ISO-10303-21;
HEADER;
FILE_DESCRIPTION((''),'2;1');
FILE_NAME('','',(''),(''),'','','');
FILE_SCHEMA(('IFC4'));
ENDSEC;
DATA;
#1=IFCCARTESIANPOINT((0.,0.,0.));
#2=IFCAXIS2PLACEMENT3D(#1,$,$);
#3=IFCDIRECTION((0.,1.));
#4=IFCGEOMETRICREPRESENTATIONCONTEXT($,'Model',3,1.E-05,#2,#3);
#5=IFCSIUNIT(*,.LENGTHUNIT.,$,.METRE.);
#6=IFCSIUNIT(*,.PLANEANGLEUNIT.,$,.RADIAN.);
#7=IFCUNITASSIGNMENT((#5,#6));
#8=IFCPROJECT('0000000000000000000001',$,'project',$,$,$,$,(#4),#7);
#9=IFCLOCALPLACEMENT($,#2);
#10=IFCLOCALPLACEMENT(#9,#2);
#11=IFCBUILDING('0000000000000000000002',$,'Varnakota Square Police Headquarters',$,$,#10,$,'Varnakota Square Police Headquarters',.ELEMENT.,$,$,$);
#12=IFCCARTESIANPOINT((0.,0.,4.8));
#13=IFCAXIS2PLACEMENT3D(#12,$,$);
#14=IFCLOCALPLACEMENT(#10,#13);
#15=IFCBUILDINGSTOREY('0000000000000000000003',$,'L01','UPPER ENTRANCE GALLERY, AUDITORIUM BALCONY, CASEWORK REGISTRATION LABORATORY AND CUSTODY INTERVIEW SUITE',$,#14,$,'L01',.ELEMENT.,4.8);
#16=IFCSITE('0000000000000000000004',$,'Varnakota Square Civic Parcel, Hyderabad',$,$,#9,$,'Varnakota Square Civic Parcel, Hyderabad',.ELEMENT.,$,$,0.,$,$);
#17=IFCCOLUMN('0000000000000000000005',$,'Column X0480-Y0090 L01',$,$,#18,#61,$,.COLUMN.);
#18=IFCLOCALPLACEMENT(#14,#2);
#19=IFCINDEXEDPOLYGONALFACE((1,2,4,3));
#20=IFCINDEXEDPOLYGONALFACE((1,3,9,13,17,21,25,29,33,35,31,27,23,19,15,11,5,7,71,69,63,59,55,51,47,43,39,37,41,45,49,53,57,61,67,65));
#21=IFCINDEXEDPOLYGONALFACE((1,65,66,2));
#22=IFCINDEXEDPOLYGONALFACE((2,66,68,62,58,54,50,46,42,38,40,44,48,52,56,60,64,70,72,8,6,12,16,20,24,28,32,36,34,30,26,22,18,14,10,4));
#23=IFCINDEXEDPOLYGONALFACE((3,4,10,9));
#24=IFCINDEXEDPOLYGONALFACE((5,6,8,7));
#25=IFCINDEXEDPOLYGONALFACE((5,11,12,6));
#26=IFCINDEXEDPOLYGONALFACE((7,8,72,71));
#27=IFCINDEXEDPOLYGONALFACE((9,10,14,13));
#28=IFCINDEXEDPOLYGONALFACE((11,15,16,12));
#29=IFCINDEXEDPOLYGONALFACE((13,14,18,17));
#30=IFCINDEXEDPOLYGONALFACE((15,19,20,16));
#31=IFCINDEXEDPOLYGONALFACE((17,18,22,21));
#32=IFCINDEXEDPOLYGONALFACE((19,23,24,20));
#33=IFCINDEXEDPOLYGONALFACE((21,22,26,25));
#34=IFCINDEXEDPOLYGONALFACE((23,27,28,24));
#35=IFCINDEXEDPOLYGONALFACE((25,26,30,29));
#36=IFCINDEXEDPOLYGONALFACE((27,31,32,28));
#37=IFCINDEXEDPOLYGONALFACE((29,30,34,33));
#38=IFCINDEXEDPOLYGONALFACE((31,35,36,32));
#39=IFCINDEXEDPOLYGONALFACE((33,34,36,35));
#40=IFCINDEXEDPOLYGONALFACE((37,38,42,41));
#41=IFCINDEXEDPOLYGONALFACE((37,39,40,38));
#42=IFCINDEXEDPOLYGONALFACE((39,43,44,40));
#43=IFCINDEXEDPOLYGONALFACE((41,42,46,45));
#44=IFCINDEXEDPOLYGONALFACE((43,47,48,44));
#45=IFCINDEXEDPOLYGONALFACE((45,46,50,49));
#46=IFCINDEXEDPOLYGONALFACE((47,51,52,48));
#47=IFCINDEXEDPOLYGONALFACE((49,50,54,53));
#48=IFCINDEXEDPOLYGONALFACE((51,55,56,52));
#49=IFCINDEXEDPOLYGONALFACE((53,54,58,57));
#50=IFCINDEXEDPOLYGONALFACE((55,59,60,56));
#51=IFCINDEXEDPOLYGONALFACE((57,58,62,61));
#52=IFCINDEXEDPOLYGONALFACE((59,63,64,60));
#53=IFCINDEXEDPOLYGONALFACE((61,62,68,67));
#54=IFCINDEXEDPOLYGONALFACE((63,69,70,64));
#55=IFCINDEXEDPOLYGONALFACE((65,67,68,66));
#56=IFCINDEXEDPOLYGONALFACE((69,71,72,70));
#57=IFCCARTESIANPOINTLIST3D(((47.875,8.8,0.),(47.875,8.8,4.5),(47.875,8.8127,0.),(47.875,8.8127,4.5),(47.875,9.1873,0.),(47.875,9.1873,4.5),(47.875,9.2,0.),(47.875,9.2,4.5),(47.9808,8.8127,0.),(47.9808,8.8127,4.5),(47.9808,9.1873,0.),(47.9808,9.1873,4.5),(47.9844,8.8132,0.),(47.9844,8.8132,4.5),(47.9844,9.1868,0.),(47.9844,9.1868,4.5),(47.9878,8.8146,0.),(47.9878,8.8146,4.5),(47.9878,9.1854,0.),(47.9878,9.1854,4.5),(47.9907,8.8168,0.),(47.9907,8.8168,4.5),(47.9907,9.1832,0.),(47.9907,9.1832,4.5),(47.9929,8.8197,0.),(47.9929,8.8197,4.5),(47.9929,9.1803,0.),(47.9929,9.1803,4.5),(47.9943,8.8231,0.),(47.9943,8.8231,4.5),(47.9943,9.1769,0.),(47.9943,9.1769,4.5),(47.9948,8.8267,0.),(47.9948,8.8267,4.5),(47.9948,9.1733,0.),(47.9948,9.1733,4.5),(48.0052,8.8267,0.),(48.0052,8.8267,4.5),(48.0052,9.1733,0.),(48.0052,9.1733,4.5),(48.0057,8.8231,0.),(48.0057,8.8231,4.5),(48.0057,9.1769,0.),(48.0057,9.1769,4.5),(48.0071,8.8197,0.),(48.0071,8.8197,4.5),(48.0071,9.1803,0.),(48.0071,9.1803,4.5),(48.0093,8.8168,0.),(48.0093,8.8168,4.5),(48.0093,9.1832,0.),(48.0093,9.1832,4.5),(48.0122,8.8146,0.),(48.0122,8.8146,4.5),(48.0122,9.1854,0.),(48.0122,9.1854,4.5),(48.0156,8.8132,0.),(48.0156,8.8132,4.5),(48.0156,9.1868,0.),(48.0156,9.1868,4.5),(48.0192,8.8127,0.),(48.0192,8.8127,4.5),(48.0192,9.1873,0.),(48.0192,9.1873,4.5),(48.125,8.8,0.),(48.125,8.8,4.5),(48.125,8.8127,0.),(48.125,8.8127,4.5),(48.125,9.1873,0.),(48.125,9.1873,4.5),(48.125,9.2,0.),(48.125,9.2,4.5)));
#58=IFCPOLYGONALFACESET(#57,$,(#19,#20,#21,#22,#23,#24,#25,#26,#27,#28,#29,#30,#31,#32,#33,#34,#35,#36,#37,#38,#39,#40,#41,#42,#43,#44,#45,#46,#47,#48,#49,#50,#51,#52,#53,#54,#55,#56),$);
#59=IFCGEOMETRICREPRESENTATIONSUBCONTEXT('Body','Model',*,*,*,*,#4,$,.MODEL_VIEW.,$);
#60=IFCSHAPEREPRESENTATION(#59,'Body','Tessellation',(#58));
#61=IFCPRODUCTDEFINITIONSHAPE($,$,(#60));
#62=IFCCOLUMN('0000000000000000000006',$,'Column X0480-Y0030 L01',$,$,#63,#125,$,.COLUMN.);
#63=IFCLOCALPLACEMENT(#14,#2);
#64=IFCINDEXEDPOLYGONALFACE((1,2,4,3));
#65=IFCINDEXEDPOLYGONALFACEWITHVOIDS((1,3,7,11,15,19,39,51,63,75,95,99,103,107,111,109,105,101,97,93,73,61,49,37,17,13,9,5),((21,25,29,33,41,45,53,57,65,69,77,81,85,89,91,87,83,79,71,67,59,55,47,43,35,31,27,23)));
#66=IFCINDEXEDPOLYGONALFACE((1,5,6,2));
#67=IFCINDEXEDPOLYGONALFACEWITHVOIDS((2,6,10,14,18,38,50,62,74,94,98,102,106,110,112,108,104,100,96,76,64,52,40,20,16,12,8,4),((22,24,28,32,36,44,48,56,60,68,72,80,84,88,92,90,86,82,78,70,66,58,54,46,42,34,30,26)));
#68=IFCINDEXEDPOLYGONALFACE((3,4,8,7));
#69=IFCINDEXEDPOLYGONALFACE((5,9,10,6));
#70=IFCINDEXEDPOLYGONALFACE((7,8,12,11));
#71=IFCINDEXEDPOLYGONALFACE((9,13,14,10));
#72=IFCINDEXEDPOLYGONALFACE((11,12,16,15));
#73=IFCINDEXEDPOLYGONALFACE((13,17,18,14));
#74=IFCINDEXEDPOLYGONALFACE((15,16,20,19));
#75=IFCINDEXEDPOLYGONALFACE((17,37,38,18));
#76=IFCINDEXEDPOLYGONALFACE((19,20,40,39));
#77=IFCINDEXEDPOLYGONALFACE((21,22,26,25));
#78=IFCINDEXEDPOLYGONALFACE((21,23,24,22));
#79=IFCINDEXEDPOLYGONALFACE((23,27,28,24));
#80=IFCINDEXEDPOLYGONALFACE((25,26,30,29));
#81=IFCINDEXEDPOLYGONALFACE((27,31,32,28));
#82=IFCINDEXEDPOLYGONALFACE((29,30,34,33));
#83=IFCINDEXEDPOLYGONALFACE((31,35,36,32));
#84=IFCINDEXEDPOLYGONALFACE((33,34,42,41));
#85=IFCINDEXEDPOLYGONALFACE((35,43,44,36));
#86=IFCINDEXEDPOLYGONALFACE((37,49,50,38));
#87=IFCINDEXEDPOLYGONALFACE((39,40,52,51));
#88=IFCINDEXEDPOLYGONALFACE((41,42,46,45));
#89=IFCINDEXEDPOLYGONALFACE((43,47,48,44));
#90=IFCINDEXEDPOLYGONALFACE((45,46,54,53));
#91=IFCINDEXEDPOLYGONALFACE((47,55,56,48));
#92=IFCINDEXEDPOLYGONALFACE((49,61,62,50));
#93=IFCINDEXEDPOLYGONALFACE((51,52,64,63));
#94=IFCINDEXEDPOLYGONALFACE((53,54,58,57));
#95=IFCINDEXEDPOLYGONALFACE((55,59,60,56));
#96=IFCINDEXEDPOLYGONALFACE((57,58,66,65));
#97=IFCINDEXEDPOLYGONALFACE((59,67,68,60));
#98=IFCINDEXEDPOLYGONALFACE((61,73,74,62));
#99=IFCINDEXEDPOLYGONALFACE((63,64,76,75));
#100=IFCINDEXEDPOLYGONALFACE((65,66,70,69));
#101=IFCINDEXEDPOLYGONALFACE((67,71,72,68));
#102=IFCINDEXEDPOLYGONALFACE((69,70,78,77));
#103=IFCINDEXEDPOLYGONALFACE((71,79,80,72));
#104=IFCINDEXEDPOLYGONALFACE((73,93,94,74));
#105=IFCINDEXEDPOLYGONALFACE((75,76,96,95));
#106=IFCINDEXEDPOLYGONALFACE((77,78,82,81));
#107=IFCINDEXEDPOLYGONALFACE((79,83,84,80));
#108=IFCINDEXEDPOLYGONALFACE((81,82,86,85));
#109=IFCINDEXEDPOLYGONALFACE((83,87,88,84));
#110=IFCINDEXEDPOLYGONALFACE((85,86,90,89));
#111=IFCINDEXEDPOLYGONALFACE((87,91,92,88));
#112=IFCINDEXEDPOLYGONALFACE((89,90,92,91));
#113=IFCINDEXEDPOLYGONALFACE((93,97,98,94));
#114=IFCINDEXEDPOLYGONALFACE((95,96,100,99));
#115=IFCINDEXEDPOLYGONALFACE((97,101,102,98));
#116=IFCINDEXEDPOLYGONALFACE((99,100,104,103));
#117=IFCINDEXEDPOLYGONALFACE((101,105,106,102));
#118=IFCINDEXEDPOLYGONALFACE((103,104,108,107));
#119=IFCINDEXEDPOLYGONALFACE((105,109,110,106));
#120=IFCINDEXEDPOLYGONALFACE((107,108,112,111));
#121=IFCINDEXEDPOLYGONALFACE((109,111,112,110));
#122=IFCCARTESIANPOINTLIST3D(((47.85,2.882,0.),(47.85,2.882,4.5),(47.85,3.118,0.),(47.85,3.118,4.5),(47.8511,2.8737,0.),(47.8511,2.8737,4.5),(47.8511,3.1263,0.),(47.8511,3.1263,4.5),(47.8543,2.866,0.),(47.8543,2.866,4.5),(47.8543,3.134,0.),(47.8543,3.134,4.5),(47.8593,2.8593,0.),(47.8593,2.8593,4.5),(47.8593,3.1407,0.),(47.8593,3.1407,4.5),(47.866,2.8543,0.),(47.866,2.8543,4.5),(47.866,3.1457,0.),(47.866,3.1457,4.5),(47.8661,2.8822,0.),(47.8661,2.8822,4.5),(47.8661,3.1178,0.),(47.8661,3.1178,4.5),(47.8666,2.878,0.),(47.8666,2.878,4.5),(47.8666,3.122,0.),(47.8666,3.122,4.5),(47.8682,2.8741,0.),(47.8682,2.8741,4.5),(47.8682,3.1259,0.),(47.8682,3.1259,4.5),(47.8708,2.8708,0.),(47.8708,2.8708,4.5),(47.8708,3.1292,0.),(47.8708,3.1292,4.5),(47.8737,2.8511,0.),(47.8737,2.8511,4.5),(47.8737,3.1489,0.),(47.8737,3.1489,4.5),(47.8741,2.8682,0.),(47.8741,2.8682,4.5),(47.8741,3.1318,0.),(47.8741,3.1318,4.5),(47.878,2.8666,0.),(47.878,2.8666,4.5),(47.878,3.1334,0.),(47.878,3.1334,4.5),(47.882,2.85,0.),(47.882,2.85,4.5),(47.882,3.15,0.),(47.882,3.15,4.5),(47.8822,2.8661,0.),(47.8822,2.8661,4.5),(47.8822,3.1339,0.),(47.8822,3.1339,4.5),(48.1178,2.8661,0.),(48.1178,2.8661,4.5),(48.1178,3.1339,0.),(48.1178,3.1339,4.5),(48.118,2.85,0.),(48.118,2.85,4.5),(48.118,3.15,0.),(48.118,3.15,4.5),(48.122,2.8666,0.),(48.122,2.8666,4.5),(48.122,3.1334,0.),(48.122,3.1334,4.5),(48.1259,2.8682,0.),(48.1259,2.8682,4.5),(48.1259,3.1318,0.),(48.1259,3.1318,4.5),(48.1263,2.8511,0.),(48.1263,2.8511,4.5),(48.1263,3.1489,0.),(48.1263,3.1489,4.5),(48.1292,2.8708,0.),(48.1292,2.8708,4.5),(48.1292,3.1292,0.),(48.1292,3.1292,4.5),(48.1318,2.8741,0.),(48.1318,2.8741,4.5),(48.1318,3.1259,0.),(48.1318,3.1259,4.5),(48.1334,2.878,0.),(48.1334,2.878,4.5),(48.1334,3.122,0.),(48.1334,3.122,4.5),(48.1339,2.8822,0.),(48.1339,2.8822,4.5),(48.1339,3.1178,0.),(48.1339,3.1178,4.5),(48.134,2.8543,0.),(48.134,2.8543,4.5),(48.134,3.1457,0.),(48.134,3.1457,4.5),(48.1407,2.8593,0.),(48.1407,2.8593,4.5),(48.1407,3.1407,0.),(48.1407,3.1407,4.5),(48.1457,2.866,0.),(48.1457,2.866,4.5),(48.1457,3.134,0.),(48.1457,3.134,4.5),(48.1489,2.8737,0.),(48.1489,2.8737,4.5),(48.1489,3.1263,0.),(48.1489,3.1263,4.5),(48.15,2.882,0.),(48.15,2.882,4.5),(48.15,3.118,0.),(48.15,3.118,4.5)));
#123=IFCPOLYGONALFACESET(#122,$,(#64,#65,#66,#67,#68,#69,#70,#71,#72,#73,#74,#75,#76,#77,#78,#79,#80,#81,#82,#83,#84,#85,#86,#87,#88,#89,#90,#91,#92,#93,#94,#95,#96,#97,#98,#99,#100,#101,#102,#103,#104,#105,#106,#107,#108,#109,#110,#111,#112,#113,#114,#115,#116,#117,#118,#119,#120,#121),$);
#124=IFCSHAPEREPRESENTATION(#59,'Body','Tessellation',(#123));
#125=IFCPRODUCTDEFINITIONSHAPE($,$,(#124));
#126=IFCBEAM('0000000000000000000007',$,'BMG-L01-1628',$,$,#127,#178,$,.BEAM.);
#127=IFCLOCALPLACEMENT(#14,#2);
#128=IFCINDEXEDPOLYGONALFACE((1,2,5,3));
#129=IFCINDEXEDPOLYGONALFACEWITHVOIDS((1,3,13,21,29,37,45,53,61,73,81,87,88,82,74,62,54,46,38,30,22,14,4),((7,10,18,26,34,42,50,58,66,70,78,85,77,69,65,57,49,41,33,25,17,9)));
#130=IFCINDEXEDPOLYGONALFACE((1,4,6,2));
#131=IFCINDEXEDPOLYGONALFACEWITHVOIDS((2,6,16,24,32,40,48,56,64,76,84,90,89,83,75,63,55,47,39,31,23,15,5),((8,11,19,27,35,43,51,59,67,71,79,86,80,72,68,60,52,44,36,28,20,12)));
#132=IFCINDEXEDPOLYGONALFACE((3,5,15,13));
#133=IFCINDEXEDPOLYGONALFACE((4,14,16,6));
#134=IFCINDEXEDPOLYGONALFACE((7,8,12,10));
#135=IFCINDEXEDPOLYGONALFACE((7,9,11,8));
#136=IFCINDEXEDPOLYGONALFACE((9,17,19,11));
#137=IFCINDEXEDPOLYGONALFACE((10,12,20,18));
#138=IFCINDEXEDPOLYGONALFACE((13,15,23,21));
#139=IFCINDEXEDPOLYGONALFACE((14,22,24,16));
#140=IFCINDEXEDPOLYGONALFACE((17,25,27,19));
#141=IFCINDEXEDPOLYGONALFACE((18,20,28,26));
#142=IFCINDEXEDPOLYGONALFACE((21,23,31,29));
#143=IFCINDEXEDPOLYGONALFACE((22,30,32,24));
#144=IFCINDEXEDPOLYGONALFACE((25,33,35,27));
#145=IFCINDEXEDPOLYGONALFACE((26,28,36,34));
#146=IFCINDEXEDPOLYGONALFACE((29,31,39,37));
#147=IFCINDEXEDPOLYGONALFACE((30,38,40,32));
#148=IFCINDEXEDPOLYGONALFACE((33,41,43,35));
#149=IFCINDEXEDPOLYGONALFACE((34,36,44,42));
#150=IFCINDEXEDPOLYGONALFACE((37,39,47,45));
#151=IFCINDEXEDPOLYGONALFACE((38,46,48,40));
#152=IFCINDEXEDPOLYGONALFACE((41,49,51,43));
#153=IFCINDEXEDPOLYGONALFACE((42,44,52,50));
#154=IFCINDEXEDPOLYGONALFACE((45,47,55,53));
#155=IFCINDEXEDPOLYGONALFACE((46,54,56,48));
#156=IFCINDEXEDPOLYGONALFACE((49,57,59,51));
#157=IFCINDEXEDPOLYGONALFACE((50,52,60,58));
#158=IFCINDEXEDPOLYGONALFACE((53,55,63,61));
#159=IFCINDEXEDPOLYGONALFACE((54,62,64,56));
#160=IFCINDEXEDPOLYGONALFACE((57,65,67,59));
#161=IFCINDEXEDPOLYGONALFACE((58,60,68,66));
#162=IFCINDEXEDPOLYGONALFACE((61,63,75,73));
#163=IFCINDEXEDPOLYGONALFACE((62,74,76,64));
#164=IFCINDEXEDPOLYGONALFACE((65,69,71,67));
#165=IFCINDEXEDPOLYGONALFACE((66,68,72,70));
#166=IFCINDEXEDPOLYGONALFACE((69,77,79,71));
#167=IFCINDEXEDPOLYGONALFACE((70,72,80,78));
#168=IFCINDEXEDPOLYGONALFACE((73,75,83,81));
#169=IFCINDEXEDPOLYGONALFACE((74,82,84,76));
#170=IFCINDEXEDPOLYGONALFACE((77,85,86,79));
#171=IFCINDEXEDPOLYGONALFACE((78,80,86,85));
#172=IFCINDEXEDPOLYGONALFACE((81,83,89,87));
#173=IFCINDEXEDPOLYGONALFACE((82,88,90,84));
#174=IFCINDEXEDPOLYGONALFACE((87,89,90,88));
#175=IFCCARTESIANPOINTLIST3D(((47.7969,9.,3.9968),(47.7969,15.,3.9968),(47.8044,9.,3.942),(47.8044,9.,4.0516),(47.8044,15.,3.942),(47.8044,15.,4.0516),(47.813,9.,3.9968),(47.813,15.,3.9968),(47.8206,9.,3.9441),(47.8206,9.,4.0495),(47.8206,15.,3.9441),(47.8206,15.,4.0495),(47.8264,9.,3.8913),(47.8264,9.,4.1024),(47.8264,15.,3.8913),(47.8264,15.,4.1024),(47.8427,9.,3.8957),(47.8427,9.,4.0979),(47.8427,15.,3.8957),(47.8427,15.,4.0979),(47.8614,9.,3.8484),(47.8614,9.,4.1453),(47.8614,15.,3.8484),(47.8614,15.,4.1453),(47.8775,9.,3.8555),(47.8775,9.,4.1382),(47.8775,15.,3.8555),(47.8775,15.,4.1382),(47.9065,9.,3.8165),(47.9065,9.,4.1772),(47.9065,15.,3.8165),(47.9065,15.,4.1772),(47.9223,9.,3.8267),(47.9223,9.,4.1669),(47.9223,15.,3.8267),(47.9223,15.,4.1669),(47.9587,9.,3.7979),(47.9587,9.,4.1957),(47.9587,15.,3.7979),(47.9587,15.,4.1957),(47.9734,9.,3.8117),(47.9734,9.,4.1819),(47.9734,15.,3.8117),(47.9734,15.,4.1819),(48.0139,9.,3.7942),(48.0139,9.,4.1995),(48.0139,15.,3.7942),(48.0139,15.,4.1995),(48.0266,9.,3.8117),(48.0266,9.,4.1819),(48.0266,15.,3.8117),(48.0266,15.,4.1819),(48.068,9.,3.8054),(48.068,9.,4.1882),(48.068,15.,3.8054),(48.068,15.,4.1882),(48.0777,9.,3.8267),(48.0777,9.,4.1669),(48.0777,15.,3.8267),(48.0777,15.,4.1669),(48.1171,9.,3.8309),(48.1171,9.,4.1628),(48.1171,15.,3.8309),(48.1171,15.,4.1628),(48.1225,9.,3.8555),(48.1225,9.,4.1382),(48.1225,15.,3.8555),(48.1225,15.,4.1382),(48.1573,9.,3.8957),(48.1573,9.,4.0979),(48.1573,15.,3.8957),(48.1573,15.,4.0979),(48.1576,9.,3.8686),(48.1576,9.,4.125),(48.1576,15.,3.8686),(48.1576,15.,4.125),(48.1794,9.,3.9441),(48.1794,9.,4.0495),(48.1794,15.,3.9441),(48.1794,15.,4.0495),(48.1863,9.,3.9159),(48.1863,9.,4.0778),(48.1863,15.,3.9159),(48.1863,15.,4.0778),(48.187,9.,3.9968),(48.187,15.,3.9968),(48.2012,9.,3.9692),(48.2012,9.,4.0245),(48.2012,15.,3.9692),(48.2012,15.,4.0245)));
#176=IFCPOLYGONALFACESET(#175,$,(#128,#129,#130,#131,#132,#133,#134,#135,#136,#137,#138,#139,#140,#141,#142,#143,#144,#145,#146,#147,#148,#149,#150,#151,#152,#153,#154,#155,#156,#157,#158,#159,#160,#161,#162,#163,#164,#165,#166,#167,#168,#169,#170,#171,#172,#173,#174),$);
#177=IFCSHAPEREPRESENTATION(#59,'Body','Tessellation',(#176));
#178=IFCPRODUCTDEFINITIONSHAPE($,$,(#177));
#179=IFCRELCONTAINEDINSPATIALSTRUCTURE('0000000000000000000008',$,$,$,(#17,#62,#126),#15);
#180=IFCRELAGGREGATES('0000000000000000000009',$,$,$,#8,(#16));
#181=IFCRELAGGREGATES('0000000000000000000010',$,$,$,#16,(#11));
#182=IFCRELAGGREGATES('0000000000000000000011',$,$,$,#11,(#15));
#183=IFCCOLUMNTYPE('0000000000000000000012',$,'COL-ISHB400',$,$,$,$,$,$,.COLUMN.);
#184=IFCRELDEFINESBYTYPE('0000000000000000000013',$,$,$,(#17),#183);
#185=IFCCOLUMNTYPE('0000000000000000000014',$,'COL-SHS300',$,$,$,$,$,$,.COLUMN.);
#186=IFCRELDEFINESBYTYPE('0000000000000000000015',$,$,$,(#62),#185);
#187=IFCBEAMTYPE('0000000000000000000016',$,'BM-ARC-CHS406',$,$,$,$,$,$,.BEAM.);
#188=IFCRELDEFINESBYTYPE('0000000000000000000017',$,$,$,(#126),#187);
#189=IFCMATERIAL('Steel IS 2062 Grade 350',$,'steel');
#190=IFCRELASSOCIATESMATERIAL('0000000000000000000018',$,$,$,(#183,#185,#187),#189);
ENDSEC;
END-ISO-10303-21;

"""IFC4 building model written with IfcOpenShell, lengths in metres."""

from ifc_helpers import new_model, si_unit, direction, frame, origin, origin_2d, place, context, subcontext, project, spatial, hollow_rectangle, hollow_circle, i_section, extrude, material, material_profile, profile_set, type_object, element, save


model = new_model("IFC4")

# Units and contexts
model_context = context("Model", 3, precision=1e-05, world=origin(), true_north=direction((0.0, 1.0)))
body_context = subcontext(model_context, "Body", "Model", "MODEL_VIEW")
ifc_project = project(units=[si_unit("LENGTHUNIT", "METRE"), si_unit("PLANEANGLEUNIT", "RADIAN")], contexts=[model_context])

# Site, building, storey
site_placement = place(None, origin())
site = spatial("IfcSite", under=ifc_project, at=site_placement, Name="Varnakota Square Civic Parcel, Hyderabad", LongName="Varnakota Square Civic Parcel, Hyderabad", CompositionType="ELEMENT", RefElevation=0.0)
building_placement = place(site_placement, origin())
building = spatial("IfcBuilding", under=site, at=building_placement, Name="Varnakota Square Police Headquarters", LongName="Varnakota Square Police Headquarters", CompositionType="ELEMENT")
storey_placement = place(building_placement, frame((0.0, 0.0, 4.8)))
storey = spatial("IfcBuildingStorey", under=building, at=storey_placement, Name="L01", Description="UPPER ENTRANCE GALLERY, AUDITORIUM BALCONY, CASEWORK REGISTRATION LABORATORY AND CUSTODY INTERVIEW SUITE", LongName="L01", CompositionType="ELEMENT", Elevation=4.8)

# Columns
ifc_material_1 = material(Name="Steel IS 2062 Grade 350", Category="steel")
ifc_material_profile_1 = material_profile(ifc_material_1, i_section(OverallWidth=0.25, OverallDepth=0.3999, WebThickness=0.0105, FlangeThickness=0.0127, FilletRadius=0.0139, at=origin_2d()), Name="ISHB 400")
ifc_profile_set_1 = profile_set([ifc_material_profile_1], Name="Steel IS 2062 Grade 350")
column_type_1 = type_object("IfcColumnType", Name="COL-ISHB400", PredefinedType="COLUMN", material=ifc_profile_set_1)
column_1_placement = place(storey_placement, frame((48.0, 9.0, 0.0), z_axis=(0.0, 0.0, 1.0), x_axis=(1.0, 0.0, 0.0)))
element("IfcColumn", 1, at=column_1_placement, inside=storey, type_object=column_type_1, Name="Column X0480-Y0090 L01", PredefinedType="COLUMN", context=body_context, shape_type="SweptSolid", body=[
    extrude(i_section(OverallWidth=0.25, OverallDepth=0.3999, WebThickness=0.0105, FlangeThickness=0.0127, FilletRadius=0.0139, at=origin_2d()), origin(), (0.0, 0.0, 1.0), 4.5),
])
ifc_material_profile_2 = material_profile(ifc_material_1, hollow_rectangle(XDim=0.3, YDim=0.3, WallThickness=0.0161, InnerFilletRadius=0.0161, OuterFilletRadius=0.032, at=origin_2d()), Name="SHS 300x300x16")
ifc_profile_set_2 = profile_set([ifc_material_profile_2], Name="Steel IS 2062 Grade 350")
column_type_2 = type_object("IfcColumnType", Name="COL-SHS300", PredefinedType="COLUMN", material=ifc_profile_set_2)
column_2_placement = place(storey_placement, frame((48.0, 3.0, 0.0), z_axis=(0.0, 0.0, 1.0), x_axis=(1.0, 0.0, 0.0)))
element("IfcColumn", 2, at=column_2_placement, inside=storey, type_object=column_type_2, Name="Column X0480-Y0030 L01", PredefinedType="COLUMN", context=body_context, shape_type="SweptSolid", body=[
    extrude(hollow_rectangle(XDim=0.3, YDim=0.3, WallThickness=0.0161, InnerFilletRadius=0.0161, OuterFilletRadius=0.032, at=origin_2d()), origin(), (0.0, 0.0, 1.0), 4.5),
])

# Beam
ifc_material_profile_3 = material_profile(ifc_material_1, hollow_circle(Radius=0.2031, WallThickness=0.0161, at=origin_2d()), Name="CHS 406.4x16.0")
ifc_profile_set_3 = profile_set([ifc_material_profile_3], Name="Steel IS 2062 Grade 350")
beam_type_1 = type_object("IfcBeamType", Name="BM-ARC-CHS406", PredefinedType="BEAM", material=ifc_profile_set_3)
beam_1_placement = place(storey_placement, frame((48.0, 9.0, 3.9968), z_axis=(0.0, 1.0, 0.0), x_axis=(-1.0, 0.0, 0.0)))
element("IfcBeam", 3, at=beam_1_placement, inside=storey, type_object=beam_type_1, Name="BMG-L01-1628", PredefinedType="BEAM", context=body_context, shape_type="SweptSolid", body=[
    extrude(hollow_circle(Radius=0.2031, WallThickness=0.0161, at=origin_2d()), origin(), (0.0, 0.0, 1.0), 6.0),
])

save(model, "model.ifc")
